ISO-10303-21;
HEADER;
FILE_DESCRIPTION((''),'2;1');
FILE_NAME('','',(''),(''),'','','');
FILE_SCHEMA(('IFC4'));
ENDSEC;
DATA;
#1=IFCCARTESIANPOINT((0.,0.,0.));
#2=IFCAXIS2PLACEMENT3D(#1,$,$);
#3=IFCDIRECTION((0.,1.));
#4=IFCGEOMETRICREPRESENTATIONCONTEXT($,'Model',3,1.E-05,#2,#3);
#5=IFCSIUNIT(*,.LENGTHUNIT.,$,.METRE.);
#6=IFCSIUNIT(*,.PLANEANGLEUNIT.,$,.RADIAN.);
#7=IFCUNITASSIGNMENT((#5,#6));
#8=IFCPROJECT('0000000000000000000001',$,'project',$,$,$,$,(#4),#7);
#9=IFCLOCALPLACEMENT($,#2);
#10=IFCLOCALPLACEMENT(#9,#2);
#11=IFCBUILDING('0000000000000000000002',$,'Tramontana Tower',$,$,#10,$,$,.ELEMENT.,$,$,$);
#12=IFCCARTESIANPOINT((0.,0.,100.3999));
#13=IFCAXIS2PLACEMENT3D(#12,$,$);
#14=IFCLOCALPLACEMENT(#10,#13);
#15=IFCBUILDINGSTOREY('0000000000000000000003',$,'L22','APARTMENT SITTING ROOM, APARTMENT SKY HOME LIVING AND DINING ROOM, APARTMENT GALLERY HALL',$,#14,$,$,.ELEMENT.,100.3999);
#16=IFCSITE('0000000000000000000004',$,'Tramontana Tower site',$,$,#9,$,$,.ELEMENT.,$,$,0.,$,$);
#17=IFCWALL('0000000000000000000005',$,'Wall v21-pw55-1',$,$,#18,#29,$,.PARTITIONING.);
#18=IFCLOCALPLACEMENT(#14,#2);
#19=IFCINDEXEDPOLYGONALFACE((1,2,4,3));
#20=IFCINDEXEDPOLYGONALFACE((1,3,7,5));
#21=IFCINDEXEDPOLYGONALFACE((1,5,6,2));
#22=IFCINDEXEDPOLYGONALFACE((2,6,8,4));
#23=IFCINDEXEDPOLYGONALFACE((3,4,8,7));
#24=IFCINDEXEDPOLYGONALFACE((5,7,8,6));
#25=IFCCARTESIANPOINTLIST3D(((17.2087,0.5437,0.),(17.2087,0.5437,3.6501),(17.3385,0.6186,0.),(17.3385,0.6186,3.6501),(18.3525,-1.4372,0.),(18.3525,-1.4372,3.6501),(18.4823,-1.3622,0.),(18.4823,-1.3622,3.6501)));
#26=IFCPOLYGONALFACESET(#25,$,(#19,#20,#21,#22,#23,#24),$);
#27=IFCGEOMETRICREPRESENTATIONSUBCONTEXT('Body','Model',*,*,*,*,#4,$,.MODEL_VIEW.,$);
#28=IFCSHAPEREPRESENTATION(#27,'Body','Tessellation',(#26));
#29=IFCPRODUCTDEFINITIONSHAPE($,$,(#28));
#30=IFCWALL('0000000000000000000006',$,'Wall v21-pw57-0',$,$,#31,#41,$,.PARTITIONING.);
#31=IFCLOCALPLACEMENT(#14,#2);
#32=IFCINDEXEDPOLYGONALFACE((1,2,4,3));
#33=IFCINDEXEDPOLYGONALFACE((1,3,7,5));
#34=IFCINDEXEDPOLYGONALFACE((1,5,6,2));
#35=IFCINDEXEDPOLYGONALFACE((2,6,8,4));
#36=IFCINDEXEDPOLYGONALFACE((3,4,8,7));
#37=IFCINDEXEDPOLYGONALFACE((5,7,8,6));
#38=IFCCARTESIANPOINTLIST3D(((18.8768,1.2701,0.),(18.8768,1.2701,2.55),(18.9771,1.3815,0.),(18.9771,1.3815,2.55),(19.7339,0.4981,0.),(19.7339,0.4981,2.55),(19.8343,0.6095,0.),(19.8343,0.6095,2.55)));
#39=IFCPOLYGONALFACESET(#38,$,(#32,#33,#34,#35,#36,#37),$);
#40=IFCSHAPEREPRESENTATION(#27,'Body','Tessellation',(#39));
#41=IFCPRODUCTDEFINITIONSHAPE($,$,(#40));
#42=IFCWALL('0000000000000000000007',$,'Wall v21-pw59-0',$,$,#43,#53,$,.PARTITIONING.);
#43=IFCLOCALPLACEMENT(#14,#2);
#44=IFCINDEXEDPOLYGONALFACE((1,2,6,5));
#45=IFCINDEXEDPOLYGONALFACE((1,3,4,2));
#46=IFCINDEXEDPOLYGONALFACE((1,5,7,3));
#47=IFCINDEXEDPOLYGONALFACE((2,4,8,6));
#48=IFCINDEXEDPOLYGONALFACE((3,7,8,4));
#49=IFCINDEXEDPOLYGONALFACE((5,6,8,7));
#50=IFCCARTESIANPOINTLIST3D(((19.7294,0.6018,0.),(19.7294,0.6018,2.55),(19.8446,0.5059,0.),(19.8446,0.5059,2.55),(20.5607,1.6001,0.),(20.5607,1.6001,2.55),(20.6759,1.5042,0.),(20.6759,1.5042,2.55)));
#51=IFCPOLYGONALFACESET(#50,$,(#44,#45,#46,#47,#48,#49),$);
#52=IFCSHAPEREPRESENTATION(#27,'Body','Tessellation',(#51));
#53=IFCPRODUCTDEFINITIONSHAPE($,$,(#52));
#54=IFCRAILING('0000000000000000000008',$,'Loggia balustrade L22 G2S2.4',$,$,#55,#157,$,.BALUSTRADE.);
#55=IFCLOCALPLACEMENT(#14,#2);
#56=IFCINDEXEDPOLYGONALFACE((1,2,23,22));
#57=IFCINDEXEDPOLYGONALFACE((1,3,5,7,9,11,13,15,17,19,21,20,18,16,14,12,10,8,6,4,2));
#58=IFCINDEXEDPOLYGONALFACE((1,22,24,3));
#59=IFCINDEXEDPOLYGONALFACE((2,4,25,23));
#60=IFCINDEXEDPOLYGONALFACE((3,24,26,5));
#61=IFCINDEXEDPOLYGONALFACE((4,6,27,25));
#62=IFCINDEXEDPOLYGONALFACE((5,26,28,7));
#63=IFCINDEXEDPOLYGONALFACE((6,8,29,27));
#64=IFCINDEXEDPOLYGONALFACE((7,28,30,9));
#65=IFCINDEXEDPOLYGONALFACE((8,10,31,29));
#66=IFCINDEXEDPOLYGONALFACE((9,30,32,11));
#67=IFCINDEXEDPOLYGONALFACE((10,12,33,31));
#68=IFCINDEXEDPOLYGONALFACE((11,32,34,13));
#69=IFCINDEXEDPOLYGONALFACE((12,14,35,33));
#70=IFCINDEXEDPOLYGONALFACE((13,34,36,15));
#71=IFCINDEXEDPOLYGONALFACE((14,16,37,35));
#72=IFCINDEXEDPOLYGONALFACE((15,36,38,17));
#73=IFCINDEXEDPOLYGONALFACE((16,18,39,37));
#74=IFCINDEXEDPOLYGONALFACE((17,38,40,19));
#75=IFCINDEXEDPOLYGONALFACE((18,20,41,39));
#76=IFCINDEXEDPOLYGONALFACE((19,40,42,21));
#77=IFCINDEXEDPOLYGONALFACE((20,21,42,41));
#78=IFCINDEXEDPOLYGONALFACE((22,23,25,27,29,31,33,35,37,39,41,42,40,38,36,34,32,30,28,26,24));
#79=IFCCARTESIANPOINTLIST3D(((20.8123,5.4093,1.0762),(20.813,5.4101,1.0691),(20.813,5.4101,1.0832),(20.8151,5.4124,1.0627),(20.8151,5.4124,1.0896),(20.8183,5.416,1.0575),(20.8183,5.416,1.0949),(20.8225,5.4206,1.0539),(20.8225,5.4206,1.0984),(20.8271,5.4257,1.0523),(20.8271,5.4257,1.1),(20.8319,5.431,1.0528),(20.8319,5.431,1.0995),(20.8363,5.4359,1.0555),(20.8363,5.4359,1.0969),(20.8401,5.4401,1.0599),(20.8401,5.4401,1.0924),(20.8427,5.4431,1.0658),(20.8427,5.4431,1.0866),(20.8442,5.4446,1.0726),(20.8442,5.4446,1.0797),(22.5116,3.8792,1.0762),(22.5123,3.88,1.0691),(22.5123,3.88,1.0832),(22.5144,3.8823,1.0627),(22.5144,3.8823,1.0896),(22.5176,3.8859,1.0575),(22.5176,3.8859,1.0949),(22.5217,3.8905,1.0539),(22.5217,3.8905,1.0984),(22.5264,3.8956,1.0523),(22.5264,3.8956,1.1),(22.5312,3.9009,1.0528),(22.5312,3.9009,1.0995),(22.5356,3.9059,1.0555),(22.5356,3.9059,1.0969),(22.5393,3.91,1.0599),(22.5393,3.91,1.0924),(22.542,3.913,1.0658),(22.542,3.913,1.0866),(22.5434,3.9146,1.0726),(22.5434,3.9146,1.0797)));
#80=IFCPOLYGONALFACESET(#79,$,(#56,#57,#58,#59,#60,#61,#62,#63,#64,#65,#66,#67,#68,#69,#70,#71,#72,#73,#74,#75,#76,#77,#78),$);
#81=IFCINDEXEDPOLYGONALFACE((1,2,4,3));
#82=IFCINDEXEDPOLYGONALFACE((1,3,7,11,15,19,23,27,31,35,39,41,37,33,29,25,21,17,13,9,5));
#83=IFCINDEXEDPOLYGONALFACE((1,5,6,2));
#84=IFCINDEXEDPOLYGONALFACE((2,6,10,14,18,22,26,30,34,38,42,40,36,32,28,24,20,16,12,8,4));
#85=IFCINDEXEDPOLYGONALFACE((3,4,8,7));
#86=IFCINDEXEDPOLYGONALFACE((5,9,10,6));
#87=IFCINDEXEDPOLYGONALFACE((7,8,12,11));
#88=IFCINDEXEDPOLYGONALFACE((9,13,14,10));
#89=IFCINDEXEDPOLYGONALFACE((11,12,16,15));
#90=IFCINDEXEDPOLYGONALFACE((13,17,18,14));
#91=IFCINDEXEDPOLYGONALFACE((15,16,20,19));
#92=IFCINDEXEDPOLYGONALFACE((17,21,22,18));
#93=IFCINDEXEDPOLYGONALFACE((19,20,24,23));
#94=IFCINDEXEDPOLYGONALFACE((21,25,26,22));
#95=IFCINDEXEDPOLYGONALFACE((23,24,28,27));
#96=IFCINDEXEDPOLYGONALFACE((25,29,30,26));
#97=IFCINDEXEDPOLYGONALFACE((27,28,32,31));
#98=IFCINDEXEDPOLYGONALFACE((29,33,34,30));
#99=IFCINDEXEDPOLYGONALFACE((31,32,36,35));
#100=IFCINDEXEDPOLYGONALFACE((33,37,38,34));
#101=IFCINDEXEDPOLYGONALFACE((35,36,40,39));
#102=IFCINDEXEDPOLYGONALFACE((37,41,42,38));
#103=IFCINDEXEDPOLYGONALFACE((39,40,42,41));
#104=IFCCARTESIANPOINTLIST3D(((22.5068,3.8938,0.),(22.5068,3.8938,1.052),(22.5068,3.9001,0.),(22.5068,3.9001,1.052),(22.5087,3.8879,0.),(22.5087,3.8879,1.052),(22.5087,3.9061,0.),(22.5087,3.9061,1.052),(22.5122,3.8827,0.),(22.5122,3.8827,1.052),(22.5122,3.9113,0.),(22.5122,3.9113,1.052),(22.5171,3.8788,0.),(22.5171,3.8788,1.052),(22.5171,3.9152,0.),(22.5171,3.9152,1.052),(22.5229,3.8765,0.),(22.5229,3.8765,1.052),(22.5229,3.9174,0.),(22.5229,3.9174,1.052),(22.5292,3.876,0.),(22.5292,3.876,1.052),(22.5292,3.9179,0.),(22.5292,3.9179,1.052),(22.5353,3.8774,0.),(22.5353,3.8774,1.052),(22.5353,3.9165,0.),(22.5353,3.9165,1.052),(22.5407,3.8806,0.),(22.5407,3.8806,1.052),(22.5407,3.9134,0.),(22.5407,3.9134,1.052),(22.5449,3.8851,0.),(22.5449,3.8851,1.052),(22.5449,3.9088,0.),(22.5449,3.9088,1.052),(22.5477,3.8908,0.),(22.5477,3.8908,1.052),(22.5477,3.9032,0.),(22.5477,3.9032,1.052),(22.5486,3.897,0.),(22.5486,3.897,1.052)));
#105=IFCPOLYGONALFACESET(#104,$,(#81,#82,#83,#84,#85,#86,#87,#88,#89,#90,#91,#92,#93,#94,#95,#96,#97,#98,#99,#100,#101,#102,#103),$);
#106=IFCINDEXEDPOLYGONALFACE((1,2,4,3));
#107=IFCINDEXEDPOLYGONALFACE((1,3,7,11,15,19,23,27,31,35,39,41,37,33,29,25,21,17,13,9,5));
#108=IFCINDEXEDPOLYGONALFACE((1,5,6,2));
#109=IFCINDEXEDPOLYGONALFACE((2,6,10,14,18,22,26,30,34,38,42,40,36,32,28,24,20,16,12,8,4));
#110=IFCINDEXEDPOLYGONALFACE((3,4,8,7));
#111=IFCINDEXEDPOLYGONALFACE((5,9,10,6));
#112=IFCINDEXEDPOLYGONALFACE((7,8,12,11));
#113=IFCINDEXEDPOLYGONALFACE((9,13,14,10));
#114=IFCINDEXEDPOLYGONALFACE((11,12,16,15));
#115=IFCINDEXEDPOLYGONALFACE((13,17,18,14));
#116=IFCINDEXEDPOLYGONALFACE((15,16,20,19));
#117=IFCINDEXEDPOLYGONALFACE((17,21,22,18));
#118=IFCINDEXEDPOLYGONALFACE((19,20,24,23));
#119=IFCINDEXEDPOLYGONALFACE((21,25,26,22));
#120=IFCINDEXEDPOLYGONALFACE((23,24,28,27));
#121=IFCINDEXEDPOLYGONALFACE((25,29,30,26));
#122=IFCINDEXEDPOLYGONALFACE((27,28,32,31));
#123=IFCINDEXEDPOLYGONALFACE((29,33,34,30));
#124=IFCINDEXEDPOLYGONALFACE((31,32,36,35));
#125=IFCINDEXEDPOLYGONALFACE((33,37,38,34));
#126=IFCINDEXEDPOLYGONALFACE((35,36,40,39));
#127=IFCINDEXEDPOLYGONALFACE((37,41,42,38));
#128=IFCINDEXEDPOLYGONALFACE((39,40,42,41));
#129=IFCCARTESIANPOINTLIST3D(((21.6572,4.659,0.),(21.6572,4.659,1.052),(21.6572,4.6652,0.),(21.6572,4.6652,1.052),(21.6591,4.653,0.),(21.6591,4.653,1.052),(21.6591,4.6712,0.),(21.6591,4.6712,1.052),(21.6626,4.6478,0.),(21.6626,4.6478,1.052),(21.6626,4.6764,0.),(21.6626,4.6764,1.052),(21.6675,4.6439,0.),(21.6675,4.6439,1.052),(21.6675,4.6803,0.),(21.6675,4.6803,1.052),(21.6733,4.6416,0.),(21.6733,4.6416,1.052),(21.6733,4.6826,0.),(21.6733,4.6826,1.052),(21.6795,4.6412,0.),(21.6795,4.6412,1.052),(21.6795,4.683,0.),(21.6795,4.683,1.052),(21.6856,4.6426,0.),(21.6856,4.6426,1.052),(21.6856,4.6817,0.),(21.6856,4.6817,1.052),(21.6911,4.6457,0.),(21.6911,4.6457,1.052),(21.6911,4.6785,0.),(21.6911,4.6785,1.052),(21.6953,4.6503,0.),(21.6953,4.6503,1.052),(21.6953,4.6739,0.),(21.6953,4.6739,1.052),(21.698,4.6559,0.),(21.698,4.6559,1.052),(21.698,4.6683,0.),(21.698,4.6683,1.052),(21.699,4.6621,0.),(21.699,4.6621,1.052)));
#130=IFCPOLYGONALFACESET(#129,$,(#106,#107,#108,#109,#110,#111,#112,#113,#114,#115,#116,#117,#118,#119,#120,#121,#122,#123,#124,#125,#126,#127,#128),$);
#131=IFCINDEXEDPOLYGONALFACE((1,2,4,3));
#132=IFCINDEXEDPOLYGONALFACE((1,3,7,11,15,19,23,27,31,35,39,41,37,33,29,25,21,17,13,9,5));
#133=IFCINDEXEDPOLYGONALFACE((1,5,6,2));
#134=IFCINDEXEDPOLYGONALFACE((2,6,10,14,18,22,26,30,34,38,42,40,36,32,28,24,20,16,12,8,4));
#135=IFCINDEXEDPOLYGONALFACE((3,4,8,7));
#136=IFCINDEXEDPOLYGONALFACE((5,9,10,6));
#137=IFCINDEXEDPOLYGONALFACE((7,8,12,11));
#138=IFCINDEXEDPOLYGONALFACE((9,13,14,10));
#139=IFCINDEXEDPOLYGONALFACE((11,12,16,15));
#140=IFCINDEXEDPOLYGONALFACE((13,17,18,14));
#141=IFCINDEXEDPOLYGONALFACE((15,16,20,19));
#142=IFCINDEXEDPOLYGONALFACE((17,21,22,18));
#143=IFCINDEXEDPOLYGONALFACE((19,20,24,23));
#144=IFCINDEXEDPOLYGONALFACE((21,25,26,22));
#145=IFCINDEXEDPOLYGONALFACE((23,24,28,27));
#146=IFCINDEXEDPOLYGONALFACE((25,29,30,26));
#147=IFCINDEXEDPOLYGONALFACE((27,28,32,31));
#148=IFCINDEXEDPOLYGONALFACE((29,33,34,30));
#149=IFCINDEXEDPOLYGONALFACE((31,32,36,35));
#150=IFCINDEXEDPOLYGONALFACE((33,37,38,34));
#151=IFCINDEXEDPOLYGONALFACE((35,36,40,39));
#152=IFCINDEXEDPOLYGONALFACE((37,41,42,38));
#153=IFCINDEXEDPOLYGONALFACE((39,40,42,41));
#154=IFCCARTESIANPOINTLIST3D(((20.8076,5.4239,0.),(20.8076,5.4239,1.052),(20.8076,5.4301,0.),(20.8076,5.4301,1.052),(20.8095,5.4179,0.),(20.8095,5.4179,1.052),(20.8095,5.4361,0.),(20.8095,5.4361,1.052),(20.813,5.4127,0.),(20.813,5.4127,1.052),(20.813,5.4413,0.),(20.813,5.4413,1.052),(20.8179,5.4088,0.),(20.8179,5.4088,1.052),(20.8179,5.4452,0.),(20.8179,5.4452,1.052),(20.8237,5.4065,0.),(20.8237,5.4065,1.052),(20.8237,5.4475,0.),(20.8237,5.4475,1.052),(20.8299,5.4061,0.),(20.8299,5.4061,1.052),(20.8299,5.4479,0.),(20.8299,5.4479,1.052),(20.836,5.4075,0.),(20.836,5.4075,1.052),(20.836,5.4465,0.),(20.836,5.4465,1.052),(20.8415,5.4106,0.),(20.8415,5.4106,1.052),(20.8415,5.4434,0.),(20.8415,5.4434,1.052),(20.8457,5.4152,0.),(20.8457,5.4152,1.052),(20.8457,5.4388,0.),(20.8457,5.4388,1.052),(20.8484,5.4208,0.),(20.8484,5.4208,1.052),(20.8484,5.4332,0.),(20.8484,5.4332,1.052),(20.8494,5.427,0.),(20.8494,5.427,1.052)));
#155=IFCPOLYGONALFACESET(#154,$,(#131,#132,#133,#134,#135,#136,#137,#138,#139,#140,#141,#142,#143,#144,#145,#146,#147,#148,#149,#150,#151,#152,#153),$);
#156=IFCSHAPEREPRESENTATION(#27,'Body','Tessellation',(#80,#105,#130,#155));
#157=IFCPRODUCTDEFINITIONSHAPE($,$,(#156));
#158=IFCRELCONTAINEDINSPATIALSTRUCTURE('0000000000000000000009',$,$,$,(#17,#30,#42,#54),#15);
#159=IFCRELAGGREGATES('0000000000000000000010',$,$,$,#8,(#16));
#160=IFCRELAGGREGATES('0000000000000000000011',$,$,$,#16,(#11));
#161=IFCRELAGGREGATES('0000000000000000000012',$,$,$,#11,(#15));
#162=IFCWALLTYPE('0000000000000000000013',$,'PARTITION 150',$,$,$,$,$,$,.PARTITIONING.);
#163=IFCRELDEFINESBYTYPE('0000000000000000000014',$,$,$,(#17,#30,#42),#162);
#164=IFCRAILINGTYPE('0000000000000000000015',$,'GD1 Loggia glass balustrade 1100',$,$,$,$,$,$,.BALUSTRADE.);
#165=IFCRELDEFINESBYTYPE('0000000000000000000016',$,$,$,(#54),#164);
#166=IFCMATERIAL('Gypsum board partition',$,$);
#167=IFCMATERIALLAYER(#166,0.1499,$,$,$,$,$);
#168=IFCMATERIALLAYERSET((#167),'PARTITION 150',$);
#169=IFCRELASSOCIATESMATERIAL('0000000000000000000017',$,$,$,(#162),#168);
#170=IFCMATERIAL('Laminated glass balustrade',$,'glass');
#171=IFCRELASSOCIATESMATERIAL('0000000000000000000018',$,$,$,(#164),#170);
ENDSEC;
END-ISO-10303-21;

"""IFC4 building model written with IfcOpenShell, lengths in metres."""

from ifc_helpers import new_model, si_unit, direction, frame, frame_2d, origin, origin_2d, place, context, subcontext, project, spatial, rectangle, circle, extrude, material, layer, layer_set, type_object, element, save


model = new_model("IFC4")

# Units and contexts
model_context = context("Model", 3, precision=1e-05, world=origin(), true_north=direction((0.0, 1.0)))
body_context = subcontext(model_context, "Body", "Model", "MODEL_VIEW")
ifc_project = project(units=[si_unit("LENGTHUNIT", "METRE"), si_unit("PLANEANGLEUNIT", "RADIAN")], contexts=[model_context])

# Site, building, storey
site_placement = place(None, origin())
site = spatial("IfcSite", under=ifc_project, at=site_placement, Name="Tramontana Tower site", CompositionType="ELEMENT", RefElevation=0.0)
building_placement = place(site_placement, origin())
building = spatial("IfcBuilding", under=site, at=building_placement, Name="Tramontana Tower", CompositionType="ELEMENT")
storey_placement = place(building_placement, frame((0.0, 0.0, 100.3999)))
storey = spatial("IfcBuildingStorey", under=building, at=storey_placement, Name="L22", Description="APARTMENT SITTING ROOM, APARTMENT SKY HOME LIVING AND DINING ROOM, APARTMENT GALLERY HALL", CompositionType="ELEMENT", Elevation=100.3999)

# Shared definitions
ifc_material_1 = material(Name="Gypsum board partition")
ifc_layer_1 = layer(ifc_material_1, 0.1499)
ifc_layer_set_1 = layer_set([ifc_layer_1], Name="PARTITION 150")
wall_type_1 = type_object("IfcWallType", Name="PARTITION 150", PredefinedType="PARTITIONING", material=ifc_layer_set_1)

# Walls
wall_1_placement = place(storey_placement, frame((17.2737, 0.5811, 0.0), z_axis=(0.0, 0.0, 1.0), x_axis=(0.50003, -0.866008, 0.0)))
element("IfcWall", 1, at=wall_1_placement, inside=storey, type_object=wall_type_1, Name="Wall v21-pw55-1", PredefinedType="PARTITIONING", context=body_context, shape_type="SweptSolid", body=[
    extrude(rectangle(XDim=2.2874, YDim=0.1499, at=frame_2d((1.1436, 0.0))), origin(), (0.0, 0.0, 1.0), 3.6501),
])
wall_2_placement = place(storey_placement, frame((18.927, 1.3257, 0.0), z_axis=(0.0, 0.0, 1.0), x_axis=(0.743073, -0.66921, 0.0)))
element("IfcWall", 2, at=wall_2_placement, inside=storey, type_object=wall_type_1, Name="Wall v21-pw57-0", PredefinedType="PARTITIONING", context=body_context, shape_type="SweptSolid", body=[
    extrude(rectangle(XDim=1.1536, YDim=0.1499, at=frame_2d((0.5767, 0.0))), origin(), (0.0, 0.0, 1.0), 2.55),
])
wall_3_placement = place(storey_placement, frame((19.7871, 0.554, 0.0), z_axis=(0.0, 0.0, 1.0), x_axis=(0.639907, 0.768452, 0.0)))
element("IfcWall", 3, at=wall_3_placement, inside=storey, type_object=wall_type_1, Name="Wall v21-pw59-0", PredefinedType="PARTITIONING", context=body_context, shape_type="SweptSolid", body=[
    extrude(rectangle(XDim=1.2991, YDim=0.1499, at=frame_2d((0.6494, 0.0))), origin(), (0.0, 0.0, 1.0), 2.55),
])

# Railing
ifc_material_2 = material(Name="Laminated glass balustrade", Category="glass")
railing_type = type_object("IfcRailingType", Name="GD1 Loggia glass balustrade 1100", PredefinedType="BALUSTRADE", material=ifc_material_2)
for number, where, name in (
    (4, (22.5276, 3.897, 0.0), "Loggia balustrade L22 G2S2.4"),
):
    element("IfcRailing", number, at=place(storey_placement, frame(where)), inside=storey, type_object=railing_type, Name=name, PredefinedType="BALUSTRADE", context=body_context, shape_type="SweptSolid", body=[
        extrude(circle(Radius=0.0239, at=origin_2d()), frame((0.0, 0.0, 1.0762), z_axis=(-0.743135, 0.669142, 0.0), x_axis=(-0.669142, -0.743135, 0.0)), (0.0, 0.0, 1.0), 2.2866),
        extrude(circle(Radius=0.021, at=origin_2d()), origin(), (0.0, 0.0, 1.0), 1.052),
        extrude(circle(Radius=0.021, at=origin_2d()), frame((-0.8496, 0.7651, 0.0)), (0.0, 0.0, 1.0), 1.052),
        extrude(circle(Radius=0.021, at=origin_2d()), frame((-1.6992, 1.53, 0.0)), (0.0, 0.0, 1.0), 1.052),
    ])

save(model, "model.ifc")
